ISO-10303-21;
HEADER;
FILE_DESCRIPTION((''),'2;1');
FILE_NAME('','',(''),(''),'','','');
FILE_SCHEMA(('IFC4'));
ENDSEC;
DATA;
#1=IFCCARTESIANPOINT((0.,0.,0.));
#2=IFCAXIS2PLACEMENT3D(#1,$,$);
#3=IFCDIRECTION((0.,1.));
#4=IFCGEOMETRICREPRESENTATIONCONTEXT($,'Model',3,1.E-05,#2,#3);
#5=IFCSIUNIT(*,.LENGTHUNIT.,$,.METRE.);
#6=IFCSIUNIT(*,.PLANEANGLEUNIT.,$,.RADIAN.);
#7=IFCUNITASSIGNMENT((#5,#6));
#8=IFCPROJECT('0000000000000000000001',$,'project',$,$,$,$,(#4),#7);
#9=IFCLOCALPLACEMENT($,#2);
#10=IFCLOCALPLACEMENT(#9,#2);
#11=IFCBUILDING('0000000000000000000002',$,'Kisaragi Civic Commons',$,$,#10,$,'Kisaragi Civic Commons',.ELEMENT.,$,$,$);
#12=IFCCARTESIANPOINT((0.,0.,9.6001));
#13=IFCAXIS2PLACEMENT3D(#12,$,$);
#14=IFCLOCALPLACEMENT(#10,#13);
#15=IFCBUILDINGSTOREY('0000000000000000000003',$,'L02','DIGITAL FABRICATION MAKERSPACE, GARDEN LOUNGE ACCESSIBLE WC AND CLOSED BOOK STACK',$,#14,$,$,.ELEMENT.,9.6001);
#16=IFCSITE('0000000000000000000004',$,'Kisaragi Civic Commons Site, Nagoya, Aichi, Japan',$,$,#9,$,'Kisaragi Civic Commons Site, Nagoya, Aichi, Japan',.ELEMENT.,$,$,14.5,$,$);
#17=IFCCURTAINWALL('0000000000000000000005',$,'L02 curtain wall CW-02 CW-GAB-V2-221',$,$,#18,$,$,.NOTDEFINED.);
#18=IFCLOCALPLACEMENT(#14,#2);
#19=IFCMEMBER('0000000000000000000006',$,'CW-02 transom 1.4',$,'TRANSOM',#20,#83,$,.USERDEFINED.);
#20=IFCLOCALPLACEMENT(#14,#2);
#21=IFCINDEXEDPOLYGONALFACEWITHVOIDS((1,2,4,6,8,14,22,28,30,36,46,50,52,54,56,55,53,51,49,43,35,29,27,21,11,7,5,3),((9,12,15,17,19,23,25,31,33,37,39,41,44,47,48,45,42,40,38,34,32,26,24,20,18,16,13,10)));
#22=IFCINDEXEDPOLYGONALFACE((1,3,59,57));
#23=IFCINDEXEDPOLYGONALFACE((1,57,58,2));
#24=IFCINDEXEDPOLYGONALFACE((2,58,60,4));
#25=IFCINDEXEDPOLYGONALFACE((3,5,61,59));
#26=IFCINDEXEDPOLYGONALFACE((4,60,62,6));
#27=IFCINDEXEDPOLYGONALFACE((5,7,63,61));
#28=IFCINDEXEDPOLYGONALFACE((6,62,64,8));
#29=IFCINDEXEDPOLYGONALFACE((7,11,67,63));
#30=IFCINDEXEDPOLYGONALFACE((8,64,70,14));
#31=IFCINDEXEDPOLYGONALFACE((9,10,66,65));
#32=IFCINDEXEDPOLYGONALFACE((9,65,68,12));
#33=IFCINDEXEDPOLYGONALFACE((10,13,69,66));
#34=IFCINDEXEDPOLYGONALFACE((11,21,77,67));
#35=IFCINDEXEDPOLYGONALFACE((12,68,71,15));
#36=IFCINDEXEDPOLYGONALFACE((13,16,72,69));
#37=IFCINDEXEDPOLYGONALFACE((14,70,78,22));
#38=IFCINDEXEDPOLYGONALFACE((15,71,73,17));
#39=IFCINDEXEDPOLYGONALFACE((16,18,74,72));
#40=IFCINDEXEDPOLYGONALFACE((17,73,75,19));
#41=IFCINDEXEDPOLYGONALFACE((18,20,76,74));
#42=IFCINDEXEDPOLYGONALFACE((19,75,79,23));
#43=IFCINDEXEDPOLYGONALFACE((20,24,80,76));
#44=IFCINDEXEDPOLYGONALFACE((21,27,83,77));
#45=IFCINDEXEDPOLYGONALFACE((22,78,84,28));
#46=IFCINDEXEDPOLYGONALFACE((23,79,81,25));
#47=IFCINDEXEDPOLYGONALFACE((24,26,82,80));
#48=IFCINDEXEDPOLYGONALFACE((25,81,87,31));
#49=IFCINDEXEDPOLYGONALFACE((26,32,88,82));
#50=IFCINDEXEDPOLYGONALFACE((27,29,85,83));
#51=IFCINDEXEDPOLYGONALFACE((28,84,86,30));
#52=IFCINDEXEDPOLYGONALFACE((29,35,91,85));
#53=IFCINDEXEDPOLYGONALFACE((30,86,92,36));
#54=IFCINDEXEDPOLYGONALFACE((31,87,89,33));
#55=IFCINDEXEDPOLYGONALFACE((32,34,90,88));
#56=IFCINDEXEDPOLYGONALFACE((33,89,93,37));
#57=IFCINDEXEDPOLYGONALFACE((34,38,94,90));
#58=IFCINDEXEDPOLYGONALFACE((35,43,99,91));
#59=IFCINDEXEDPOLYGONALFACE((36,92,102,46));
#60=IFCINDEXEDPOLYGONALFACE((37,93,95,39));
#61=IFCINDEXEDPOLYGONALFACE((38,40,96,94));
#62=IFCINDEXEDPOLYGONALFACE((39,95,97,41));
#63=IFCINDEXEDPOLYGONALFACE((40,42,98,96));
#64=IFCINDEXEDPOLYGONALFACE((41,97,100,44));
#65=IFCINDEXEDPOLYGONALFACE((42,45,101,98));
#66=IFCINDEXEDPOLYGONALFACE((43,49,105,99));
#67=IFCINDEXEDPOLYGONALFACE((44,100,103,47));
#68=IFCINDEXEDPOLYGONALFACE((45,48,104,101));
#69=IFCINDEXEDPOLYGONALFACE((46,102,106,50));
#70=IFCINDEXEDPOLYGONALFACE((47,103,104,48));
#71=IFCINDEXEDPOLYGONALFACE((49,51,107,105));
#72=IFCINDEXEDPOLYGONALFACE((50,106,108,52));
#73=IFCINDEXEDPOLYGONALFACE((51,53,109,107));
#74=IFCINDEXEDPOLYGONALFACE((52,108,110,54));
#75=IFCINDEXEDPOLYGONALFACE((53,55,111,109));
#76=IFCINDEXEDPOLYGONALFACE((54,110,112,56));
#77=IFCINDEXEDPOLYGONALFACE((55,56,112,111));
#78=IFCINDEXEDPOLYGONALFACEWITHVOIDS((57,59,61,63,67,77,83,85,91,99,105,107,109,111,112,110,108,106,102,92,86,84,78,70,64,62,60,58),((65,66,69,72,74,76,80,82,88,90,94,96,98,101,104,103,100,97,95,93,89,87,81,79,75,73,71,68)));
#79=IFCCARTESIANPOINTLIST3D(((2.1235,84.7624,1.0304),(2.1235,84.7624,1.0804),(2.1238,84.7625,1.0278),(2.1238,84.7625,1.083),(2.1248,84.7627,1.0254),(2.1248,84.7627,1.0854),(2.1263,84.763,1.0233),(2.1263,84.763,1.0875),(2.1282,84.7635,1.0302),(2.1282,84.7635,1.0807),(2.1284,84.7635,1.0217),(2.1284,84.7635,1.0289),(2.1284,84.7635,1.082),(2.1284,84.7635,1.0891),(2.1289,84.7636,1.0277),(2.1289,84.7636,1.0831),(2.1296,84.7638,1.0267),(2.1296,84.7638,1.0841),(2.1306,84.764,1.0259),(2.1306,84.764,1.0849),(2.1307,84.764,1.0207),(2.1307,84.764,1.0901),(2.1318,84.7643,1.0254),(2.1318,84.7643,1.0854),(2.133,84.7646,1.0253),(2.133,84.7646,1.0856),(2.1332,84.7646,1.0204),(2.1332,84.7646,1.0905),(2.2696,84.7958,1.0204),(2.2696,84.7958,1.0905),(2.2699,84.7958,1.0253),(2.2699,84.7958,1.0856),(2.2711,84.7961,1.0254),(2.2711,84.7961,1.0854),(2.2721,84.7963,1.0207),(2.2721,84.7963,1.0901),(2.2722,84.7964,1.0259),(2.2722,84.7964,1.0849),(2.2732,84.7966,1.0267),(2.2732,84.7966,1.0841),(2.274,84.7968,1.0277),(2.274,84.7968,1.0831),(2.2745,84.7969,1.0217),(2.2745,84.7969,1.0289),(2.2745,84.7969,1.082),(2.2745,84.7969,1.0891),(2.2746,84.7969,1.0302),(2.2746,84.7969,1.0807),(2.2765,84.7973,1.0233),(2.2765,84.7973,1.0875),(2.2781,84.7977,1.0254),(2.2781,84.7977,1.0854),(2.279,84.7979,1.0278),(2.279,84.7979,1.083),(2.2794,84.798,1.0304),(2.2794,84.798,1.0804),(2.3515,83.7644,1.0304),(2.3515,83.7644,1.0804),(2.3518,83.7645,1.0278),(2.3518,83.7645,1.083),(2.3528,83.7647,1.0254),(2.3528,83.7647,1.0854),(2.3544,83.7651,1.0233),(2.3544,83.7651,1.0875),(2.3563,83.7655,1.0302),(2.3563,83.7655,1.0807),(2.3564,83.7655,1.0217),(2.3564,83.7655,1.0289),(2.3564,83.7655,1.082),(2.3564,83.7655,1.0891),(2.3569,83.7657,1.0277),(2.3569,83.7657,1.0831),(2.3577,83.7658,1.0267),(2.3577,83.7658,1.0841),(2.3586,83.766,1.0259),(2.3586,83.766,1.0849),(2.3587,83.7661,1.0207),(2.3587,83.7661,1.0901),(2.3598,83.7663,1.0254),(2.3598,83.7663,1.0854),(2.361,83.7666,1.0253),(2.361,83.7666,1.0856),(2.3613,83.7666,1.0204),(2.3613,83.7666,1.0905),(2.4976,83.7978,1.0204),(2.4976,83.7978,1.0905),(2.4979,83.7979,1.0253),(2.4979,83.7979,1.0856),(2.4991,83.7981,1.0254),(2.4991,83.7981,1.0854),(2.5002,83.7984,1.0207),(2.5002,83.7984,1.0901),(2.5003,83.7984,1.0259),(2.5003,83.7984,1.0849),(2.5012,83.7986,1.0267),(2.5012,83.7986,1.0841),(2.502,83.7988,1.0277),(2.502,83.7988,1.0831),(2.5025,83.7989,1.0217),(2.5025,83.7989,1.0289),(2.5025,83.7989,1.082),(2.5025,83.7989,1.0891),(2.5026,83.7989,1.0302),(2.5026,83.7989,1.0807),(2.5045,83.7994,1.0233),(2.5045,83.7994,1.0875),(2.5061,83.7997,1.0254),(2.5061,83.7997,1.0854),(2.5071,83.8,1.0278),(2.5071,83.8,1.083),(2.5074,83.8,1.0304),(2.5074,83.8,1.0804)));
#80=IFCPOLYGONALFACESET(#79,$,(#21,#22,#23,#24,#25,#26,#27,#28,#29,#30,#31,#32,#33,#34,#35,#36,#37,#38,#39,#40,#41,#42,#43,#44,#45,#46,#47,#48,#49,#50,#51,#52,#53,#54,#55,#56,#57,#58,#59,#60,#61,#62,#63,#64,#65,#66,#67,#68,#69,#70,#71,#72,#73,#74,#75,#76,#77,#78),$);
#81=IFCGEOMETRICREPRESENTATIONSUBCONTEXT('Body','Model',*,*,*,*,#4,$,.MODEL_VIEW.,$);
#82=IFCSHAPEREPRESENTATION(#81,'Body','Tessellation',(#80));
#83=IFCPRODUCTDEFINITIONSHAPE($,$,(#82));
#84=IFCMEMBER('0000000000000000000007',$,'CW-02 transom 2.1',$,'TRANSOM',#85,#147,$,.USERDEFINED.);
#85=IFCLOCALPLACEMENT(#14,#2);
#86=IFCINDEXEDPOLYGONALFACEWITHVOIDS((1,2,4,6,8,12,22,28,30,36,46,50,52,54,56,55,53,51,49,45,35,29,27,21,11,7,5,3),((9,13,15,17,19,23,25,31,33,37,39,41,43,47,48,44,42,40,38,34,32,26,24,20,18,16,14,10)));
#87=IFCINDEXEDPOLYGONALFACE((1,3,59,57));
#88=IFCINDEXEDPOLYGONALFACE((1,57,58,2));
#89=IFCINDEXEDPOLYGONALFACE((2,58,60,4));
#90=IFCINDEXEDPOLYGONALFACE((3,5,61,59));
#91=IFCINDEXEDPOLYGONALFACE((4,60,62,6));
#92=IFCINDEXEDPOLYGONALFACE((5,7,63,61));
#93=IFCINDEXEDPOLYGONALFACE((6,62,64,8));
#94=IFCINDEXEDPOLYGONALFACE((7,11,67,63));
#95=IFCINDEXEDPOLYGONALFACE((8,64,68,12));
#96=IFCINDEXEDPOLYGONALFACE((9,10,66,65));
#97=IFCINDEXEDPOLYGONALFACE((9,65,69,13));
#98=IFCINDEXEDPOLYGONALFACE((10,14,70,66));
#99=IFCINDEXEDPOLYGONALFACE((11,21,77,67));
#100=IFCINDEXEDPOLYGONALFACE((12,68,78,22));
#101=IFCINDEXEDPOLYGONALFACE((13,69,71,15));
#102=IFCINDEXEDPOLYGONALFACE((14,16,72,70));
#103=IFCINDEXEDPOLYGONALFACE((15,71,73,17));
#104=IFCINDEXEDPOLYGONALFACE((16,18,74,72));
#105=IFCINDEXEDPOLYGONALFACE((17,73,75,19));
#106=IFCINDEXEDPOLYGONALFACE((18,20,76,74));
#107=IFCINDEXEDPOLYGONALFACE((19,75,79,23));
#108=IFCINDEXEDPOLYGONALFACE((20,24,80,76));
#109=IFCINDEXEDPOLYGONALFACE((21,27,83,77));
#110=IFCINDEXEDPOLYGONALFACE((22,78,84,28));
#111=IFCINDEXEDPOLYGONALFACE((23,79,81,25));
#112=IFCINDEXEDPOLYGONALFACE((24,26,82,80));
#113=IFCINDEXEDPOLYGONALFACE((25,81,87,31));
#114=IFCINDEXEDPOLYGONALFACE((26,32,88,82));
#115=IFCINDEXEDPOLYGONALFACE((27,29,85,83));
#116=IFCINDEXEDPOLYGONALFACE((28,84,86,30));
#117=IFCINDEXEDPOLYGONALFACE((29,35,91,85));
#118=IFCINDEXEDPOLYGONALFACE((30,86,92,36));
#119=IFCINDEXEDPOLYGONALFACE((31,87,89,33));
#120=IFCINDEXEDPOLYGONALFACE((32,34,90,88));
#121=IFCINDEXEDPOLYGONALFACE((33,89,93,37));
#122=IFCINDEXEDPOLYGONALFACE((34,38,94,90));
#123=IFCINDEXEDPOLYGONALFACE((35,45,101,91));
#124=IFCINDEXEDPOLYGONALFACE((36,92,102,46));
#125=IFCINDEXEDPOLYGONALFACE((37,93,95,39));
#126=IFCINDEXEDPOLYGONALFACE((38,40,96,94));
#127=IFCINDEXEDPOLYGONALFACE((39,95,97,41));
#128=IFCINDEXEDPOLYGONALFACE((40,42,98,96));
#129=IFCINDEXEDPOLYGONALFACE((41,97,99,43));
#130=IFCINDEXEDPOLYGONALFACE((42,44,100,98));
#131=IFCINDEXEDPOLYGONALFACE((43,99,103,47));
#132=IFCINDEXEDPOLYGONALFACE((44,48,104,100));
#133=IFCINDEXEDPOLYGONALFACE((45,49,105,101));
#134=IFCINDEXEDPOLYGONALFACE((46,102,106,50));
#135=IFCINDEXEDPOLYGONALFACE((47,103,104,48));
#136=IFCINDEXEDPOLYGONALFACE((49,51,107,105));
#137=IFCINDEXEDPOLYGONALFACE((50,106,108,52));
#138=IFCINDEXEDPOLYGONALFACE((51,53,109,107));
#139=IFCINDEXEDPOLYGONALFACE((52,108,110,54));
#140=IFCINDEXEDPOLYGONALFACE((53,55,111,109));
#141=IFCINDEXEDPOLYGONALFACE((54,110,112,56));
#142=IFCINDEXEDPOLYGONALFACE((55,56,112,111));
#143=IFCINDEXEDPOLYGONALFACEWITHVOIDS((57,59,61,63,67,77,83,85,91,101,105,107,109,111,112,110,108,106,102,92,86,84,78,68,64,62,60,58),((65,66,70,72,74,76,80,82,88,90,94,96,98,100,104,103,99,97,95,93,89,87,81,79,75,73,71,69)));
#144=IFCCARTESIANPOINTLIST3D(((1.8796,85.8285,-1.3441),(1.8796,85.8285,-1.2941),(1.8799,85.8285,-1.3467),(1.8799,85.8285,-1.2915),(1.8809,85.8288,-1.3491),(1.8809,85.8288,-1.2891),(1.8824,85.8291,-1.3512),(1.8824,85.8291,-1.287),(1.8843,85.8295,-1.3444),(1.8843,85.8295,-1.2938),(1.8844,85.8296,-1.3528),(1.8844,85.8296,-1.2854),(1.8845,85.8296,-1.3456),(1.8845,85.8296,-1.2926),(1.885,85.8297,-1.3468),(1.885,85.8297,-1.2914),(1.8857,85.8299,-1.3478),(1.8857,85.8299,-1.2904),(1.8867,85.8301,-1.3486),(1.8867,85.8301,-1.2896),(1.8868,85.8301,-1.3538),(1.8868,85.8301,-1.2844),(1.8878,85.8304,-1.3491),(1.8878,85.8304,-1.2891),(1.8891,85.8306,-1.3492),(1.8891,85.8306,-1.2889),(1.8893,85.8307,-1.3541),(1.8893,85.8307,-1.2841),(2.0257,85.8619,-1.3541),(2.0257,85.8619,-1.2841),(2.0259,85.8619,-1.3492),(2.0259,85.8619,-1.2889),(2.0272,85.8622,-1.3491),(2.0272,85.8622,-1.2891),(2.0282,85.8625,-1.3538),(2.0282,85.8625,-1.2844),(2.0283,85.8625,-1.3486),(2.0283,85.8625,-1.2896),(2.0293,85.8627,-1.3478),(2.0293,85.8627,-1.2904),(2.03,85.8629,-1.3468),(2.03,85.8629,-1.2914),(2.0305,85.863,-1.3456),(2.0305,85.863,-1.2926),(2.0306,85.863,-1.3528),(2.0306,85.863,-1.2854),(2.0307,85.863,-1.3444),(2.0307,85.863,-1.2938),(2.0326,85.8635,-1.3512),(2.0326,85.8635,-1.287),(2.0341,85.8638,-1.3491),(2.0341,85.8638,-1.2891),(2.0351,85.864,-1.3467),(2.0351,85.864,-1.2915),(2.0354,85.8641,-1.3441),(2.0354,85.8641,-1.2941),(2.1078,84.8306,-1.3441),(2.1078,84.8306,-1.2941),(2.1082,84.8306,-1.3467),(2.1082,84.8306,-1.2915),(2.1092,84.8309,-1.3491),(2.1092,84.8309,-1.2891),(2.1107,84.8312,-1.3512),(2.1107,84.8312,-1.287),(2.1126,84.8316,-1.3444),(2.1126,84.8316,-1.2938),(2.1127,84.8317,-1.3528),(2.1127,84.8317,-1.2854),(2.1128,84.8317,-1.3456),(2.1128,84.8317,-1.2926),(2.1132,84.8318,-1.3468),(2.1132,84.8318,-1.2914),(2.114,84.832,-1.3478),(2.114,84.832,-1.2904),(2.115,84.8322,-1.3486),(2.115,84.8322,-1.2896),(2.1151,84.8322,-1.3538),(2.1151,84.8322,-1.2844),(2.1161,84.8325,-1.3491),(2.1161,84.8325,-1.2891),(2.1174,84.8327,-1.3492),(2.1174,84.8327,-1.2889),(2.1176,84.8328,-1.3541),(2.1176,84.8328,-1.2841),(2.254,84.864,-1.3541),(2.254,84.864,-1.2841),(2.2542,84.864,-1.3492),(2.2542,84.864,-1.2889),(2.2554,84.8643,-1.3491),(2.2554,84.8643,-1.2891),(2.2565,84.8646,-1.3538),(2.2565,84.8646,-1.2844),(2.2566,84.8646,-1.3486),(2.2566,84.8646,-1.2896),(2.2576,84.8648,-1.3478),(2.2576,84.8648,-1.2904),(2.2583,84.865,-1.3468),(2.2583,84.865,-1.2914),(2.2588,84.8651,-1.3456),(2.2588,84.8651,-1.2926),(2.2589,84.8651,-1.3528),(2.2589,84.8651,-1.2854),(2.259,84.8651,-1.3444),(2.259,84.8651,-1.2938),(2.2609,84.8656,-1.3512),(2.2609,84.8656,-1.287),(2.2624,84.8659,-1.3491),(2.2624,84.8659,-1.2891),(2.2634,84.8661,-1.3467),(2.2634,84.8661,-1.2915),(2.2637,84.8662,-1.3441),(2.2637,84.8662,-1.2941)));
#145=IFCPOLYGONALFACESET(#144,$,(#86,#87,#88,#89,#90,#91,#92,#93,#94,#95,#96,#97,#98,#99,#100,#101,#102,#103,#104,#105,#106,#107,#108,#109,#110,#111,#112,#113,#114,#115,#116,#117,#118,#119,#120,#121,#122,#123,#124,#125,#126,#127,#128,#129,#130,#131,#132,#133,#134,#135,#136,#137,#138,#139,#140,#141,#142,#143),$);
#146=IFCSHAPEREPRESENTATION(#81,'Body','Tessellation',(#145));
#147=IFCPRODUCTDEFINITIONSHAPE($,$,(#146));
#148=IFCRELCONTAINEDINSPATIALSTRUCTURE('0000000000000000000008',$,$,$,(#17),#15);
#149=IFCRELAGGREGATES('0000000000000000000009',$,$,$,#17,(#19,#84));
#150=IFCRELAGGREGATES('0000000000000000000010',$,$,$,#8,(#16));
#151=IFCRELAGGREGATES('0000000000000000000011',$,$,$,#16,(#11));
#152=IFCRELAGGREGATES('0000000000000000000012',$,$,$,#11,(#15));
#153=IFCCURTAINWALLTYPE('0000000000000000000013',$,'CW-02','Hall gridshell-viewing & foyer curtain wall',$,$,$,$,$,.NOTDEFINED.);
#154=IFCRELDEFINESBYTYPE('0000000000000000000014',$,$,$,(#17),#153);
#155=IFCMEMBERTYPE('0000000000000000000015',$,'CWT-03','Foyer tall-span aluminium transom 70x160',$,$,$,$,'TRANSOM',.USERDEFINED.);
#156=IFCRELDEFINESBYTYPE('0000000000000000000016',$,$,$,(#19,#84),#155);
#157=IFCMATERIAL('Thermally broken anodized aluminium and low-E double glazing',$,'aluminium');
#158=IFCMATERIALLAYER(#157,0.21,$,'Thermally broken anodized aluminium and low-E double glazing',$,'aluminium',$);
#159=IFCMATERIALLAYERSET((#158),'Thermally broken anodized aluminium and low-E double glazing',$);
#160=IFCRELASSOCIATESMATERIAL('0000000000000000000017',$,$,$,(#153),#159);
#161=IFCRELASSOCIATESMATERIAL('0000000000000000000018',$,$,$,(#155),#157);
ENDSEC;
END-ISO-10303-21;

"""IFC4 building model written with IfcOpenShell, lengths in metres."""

from ifc_helpers import new_model, si_unit, direction, frame, origin, origin_2d, place, context, subcontext, project, spatial, hollow_rectangle, extrude, material, layer, layer_set, material_profile, profile_set, type_object, element, aggregate, save


model = new_model("IFC4")

# Units and contexts
model_context = context("Model", 3, precision=1e-05, world=origin(), true_north=direction((0.0, 1.0)))
body_context = subcontext(model_context, "Body", "Model", "MODEL_VIEW")
ifc_project = project(units=[si_unit("LENGTHUNIT", "METRE"), si_unit("PLANEANGLEUNIT", "RADIAN")], contexts=[model_context])

# Site, building, storey
site_placement = place(None, origin())
site = spatial("IfcSite", under=ifc_project, at=site_placement, Name="Kisaragi Civic Commons Site, Nagoya, Aichi, Japan", LongName="Kisaragi Civic Commons Site, Nagoya, Aichi, Japan", CompositionType="ELEMENT", RefElevation=14.5)
building_placement = place(site_placement, origin())
building = spatial("IfcBuilding", under=site, at=building_placement, Name="Kisaragi Civic Commons", LongName="Kisaragi Civic Commons", CompositionType="ELEMENT")
storey_placement = place(building_placement, frame((0.0, 0.0, 9.6001)))
storey = spatial("IfcBuildingStorey", under=building, at=storey_placement, Name="L02", Description="DIGITAL FABRICATION MAKERSPACE, GARDEN LOUNGE ACCESSIBLE WC AND CLOSED BOOK STACK", CompositionType="ELEMENT", Elevation=9.6001)

# Curtain wall, members
ifc_material_1 = material(Name="Thermally broken anodized aluminium and low-E double glazing", Category="aluminium")
ifc_layer_1 = layer(ifc_material_1, 0.21, Name="Thermally broken anodized aluminium and low-E double glazing", Category="aluminium")
ifc_layer_set_1 = layer_set([ifc_layer_1], Name="Thermally broken anodized aluminium and low-E double glazing")
curtain_wall_type = type_object("IfcCurtainWallType", Name="CW-02", Description="Hall gridshell-viewing & foyer curtain wall", PredefinedType="NOTDEFINED", material=ifc_layer_set_1)
curtain_wall_placement = place(storey_placement, origin())
curtain_wall = element("IfcCurtainWall", 1, at=curtain_wall_placement, inside=storey, type_object=curtain_wall_type, Name="L02 curtain wall CW-02 CW-GAB-V2-221", PredefinedType="NOTDEFINED")
ifc_material_profile_1 = material_profile(ifc_material_1, hollow_rectangle(XDim=0.1599, YDim=0.0701, WallThickness=0.0049, InnerFilletRadius=0.0049, OuterFilletRadius=0.01, at=origin_2d()), Name="CWT-70x160x5", Category="aluminium")
ifc_profile_set_1 = profile_set([ifc_material_profile_1], Name="Thermally broken anodized aluminium and low-E double glazing")
member_type_1 = type_object("IfcMemberType", Name="CWT-03", Description="Foyer tall-span aluminium transom 70x160", ElementType="TRANSOM", PredefinedType="USERDEFINED", material=ifc_profile_set_1)
member_1_placement = place(storey_placement, frame((2.4294, 83.7822, 1.0554), z_axis=(-0.222734, 0.974879, 0.0), x_axis=(-0.974879, -0.222734, 0.0)))
member_1 = element("IfcMember", 2, at=member_1_placement, type_object=member_type_1, Name="CW-02 transom 1.4", ObjectType="TRANSOM", PredefinedType="USERDEFINED", context=body_context, shape_type="SweptSolid", body=[
    extrude(hollow_rectangle(XDim=0.1599, YDim=0.0701, WallThickness=0.0049, InnerFilletRadius=0.0049, OuterFilletRadius=0.01, at=origin_2d()), origin(), (0.0, 0.0, 1.0), 1.0237),
])
member_2_placement = place(storey_placement, frame((2.1858, 84.8484, -1.3191), z_axis=(-0.223013, 0.974816, 0.0), x_axis=(-0.974816, -0.223013, 0.0)))
member_2 = element("IfcMember", 3, at=member_2_placement, type_object=member_type_1, Name="CW-02 transom 2.1", ObjectType="TRANSOM", PredefinedType="USERDEFINED", context=body_context, shape_type="SweptSolid", body=[
    extrude(hollow_rectangle(XDim=0.1599, YDim=0.0701, WallThickness=0.0049, InnerFilletRadius=0.0049, OuterFilletRadius=0.01, at=origin_2d()), origin(), (0.0, 0.0, 1.0), 1.0237),
])

aggregate(curtain_wall, [member_1, member_2])

save(model, "model.ifc")
